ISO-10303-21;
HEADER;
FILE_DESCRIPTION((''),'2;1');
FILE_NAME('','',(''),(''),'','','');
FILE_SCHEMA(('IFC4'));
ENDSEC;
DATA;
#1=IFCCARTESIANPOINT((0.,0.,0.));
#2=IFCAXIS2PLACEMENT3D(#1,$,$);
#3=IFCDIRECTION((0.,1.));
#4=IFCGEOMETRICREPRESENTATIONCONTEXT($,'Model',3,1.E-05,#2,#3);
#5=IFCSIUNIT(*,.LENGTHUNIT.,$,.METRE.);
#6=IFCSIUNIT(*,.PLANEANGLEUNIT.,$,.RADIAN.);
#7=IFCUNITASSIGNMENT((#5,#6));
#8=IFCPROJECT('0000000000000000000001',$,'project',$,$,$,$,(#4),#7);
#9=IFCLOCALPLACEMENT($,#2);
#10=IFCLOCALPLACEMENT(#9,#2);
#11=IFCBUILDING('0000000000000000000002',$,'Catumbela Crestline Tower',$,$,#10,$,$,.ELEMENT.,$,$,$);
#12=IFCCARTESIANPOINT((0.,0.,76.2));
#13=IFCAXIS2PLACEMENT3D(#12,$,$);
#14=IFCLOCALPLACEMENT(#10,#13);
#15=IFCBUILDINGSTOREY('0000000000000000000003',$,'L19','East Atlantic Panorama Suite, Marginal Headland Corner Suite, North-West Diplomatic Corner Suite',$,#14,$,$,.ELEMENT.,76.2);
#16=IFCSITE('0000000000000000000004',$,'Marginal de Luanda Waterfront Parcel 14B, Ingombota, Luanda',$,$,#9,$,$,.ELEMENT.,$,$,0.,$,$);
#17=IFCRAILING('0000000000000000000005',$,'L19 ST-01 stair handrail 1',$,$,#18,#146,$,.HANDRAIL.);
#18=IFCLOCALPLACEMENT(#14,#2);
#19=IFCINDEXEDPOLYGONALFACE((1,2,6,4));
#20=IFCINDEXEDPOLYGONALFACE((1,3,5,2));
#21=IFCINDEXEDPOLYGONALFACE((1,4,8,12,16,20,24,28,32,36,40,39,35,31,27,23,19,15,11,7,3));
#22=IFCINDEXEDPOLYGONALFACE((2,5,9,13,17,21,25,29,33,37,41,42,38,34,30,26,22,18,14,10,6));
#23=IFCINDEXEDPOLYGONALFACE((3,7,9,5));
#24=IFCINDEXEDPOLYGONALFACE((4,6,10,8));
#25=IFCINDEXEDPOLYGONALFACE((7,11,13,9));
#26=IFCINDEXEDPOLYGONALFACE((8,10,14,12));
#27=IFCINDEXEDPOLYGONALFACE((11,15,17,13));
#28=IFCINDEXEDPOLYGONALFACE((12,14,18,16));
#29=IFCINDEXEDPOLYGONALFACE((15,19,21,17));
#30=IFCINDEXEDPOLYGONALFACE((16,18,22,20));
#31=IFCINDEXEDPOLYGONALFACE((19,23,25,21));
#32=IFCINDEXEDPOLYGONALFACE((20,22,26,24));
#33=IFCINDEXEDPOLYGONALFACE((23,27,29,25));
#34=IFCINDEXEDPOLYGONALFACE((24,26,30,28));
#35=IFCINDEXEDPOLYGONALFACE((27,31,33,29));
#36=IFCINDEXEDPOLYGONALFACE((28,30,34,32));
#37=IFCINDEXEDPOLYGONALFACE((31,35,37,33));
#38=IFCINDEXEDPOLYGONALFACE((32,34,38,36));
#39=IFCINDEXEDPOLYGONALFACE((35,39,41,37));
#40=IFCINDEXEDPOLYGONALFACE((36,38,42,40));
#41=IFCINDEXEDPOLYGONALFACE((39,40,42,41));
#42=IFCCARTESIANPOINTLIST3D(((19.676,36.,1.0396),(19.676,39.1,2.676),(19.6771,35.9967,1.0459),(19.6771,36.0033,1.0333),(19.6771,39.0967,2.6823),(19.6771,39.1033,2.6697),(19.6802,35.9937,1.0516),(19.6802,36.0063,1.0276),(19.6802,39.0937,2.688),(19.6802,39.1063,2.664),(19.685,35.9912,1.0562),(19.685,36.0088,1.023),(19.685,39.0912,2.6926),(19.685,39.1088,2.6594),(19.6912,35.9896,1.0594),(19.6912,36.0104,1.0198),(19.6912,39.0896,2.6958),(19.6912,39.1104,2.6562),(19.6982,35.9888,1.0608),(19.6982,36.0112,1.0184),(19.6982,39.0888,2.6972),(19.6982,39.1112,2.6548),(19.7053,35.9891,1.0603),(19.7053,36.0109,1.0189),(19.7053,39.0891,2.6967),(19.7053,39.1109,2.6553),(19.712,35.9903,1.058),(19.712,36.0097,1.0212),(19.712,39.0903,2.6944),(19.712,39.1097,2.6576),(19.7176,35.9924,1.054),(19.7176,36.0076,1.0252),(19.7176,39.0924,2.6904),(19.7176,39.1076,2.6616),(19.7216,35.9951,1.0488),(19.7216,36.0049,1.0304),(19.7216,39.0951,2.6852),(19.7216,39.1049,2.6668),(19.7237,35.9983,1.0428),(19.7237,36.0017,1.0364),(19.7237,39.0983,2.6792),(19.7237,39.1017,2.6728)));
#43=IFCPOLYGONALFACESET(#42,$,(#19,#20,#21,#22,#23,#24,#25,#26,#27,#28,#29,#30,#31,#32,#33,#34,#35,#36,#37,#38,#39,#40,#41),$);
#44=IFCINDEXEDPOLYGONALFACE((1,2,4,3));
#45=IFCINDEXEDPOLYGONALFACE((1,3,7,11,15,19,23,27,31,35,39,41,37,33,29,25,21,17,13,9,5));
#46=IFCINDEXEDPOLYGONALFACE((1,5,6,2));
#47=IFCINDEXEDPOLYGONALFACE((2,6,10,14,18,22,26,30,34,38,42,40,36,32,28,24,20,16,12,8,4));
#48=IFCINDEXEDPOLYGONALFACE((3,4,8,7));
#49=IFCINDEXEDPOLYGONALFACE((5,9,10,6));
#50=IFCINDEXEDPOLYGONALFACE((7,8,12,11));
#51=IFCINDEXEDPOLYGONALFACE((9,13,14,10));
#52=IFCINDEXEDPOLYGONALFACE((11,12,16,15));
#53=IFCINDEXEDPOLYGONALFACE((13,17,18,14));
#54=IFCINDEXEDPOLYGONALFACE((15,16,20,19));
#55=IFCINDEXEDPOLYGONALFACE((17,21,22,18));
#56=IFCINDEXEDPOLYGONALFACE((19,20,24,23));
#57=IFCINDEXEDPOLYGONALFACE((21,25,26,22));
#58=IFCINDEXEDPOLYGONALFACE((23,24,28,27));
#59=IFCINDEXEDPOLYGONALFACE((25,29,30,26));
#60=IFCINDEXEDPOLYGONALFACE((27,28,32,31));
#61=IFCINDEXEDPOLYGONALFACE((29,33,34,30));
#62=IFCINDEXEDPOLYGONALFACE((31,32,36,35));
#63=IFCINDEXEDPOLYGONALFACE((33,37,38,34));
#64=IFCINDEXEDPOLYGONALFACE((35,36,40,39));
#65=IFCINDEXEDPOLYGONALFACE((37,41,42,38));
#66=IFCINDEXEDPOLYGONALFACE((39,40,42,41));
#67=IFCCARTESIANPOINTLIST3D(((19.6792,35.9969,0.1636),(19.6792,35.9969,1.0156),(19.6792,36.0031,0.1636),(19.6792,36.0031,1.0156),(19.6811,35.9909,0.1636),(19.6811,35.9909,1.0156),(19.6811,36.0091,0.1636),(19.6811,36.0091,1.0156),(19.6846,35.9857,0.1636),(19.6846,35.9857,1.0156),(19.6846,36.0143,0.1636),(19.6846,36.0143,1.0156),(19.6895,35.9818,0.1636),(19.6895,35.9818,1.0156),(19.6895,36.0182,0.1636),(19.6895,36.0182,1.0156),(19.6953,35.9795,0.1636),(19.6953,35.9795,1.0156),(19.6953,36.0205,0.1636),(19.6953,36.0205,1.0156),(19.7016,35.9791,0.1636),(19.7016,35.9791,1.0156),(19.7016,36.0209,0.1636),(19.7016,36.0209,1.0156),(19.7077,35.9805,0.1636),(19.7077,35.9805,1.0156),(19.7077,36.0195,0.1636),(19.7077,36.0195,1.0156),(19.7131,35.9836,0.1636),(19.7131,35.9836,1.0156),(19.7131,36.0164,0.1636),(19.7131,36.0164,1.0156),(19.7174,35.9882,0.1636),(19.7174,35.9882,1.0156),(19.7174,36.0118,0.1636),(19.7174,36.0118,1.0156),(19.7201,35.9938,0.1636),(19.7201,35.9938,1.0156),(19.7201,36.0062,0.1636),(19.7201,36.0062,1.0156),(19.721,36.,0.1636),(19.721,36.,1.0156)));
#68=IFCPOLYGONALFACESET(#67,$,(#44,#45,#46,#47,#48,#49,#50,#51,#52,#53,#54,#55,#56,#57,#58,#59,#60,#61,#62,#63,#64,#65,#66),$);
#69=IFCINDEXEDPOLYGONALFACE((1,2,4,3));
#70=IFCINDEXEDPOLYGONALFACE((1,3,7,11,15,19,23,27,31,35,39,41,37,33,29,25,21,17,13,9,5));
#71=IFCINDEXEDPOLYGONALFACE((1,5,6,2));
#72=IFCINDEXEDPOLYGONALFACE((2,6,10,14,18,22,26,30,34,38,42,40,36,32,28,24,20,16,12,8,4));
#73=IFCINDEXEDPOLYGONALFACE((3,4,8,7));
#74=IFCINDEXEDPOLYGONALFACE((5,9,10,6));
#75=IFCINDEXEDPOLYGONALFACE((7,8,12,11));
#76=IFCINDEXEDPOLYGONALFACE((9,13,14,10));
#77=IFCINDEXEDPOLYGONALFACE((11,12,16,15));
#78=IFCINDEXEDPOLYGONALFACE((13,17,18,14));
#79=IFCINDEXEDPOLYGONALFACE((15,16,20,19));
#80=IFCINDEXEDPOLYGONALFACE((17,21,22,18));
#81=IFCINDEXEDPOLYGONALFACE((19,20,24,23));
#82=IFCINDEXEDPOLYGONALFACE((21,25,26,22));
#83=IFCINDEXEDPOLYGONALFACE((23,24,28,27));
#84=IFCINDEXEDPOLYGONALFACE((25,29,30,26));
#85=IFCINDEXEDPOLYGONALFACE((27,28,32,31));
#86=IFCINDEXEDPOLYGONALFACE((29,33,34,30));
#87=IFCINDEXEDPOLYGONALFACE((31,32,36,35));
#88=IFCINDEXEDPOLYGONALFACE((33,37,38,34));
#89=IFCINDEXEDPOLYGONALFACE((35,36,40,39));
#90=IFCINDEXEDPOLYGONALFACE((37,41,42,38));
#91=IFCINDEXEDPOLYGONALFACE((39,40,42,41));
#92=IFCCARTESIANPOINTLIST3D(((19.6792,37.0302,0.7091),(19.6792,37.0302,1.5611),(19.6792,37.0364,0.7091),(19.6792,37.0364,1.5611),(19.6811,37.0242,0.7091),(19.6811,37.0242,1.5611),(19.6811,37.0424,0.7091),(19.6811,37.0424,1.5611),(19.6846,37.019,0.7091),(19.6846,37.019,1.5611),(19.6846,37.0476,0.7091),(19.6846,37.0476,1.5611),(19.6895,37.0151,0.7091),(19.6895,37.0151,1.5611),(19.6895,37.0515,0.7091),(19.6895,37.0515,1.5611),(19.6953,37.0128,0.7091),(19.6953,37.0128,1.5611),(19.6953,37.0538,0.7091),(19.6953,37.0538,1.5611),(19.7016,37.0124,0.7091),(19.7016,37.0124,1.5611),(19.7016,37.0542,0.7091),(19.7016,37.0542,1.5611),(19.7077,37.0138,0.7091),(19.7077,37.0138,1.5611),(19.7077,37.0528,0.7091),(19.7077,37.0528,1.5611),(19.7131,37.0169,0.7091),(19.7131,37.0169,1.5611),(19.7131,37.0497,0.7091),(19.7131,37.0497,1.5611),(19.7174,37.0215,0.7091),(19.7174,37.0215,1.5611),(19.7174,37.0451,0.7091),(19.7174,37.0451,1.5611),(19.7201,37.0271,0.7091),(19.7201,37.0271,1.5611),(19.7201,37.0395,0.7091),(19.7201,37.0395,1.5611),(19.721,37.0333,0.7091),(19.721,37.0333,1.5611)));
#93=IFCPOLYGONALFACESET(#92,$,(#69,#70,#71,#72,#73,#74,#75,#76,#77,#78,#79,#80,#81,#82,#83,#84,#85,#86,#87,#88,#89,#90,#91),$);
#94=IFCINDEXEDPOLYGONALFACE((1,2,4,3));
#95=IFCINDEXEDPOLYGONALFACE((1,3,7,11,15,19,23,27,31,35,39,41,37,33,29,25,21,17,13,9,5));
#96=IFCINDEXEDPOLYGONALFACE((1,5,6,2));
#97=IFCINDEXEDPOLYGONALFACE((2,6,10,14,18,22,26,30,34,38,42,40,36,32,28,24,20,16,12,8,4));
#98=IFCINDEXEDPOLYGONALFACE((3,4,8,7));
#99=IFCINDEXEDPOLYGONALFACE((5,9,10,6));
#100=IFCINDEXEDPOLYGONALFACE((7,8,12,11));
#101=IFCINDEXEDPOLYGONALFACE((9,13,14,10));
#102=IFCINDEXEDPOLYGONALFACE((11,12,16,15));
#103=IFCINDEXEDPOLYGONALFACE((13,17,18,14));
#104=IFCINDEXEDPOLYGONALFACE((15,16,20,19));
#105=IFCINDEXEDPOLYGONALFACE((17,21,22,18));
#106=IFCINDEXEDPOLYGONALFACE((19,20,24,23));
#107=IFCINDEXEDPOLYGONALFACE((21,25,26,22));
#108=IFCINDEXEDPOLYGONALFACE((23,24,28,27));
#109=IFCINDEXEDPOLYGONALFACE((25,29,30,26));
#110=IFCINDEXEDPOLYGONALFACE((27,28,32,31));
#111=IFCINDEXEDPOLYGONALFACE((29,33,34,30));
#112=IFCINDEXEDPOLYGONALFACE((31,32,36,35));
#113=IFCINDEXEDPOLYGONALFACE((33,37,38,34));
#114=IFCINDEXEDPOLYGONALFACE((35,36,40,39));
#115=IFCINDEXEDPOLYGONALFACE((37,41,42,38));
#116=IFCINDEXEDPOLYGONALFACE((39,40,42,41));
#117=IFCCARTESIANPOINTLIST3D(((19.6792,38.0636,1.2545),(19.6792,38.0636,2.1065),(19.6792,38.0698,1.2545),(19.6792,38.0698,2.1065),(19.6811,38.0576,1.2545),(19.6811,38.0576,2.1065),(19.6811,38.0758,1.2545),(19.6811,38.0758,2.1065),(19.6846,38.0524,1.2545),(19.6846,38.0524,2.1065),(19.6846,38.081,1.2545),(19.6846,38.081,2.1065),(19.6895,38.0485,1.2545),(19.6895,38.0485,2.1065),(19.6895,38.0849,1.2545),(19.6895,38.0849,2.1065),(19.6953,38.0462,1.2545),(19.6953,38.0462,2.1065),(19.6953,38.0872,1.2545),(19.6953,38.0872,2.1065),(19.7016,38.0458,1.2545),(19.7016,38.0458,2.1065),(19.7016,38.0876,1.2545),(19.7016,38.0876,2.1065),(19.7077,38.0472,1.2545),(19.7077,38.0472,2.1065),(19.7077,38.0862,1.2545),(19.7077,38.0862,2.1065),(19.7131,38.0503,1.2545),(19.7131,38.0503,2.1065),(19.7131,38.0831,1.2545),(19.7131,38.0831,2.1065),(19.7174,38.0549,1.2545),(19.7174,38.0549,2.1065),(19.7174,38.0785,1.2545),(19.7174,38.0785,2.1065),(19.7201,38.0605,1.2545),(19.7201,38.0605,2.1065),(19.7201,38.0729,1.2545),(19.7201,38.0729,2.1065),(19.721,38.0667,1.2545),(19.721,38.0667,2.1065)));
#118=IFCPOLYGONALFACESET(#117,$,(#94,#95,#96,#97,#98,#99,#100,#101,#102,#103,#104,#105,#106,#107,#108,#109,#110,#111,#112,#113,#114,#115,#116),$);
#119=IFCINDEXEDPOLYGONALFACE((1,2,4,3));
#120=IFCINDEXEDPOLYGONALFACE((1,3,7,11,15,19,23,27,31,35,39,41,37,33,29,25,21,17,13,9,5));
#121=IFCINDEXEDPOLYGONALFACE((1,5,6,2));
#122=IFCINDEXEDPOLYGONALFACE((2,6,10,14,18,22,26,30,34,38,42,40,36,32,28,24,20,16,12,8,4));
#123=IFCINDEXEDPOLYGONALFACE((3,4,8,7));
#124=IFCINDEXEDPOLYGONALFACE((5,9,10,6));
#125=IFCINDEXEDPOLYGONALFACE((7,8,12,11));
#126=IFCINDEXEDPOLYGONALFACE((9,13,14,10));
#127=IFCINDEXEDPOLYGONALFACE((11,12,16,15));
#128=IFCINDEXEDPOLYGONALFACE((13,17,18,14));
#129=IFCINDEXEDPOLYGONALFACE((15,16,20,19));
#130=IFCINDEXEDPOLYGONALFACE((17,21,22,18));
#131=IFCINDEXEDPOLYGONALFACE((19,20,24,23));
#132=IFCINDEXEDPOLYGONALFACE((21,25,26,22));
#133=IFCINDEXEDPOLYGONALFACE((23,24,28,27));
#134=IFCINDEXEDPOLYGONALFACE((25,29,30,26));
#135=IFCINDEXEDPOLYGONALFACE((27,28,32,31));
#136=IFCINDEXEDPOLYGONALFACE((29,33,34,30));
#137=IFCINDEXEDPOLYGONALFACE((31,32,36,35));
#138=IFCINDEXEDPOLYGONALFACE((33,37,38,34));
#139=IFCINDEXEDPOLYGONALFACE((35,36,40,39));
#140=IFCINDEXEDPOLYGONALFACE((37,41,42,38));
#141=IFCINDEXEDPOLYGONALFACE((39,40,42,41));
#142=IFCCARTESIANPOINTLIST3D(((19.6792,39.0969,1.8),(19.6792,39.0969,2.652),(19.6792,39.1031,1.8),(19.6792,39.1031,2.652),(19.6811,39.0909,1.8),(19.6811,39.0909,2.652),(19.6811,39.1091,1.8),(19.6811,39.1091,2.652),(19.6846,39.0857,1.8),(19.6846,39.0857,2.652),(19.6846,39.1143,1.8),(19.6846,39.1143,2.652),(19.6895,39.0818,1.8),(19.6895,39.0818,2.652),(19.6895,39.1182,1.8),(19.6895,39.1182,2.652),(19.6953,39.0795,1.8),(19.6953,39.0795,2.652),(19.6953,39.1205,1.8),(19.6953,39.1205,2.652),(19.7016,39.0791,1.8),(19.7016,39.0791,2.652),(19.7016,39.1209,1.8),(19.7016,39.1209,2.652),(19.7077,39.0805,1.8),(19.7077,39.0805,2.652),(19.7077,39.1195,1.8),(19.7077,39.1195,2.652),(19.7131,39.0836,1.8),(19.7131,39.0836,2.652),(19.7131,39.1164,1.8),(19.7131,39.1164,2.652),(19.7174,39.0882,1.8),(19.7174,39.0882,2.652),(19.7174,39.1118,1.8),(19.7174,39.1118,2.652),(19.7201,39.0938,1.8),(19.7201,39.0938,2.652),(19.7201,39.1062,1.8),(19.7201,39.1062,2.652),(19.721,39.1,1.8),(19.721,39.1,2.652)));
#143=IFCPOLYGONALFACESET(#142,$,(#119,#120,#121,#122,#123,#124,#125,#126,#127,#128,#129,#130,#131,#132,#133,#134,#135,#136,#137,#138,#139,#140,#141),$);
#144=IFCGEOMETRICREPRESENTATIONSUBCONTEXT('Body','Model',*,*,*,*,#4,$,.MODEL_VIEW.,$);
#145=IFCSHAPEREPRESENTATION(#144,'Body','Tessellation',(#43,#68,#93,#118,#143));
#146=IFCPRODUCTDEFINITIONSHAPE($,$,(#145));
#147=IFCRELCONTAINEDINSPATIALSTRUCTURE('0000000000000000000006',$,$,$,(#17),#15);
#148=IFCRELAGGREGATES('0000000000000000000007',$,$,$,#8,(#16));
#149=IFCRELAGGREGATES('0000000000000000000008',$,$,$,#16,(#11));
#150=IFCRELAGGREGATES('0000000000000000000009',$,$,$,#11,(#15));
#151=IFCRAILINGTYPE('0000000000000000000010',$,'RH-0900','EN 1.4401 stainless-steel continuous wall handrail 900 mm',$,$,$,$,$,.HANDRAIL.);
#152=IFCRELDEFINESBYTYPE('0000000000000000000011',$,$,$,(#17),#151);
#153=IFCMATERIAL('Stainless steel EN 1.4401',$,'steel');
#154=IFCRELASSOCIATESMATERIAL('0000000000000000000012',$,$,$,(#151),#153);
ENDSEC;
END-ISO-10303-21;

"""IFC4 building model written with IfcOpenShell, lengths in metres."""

from ifc_helpers import new_model, si_unit, direction, frame, origin, origin_2d, place, context, subcontext, project, spatial, circle, extrude, material, type_object, element, save


model = new_model("IFC4")

# Units and contexts
model_context = context("Model", 3, precision=1e-05, world=origin(), true_north=direction((0.0, 1.0)))
body_context = subcontext(model_context, "Body", "Model", "MODEL_VIEW")
ifc_project = project(units=[si_unit("LENGTHUNIT", "METRE"), si_unit("PLANEANGLEUNIT", "RADIAN")], contexts=[model_context])

# Site, building, storey
site_placement = place(None, origin())
site = spatial("IfcSite", under=ifc_project, at=site_placement, Name="Marginal de Luanda Waterfront Parcel 14B, Ingombota, Luanda", CompositionType="ELEMENT", RefElevation=0.0)
building_placement = place(site_placement, origin())
building = spatial("IfcBuilding", under=site, at=building_placement, Name="Catumbela Crestline Tower", CompositionType="ELEMENT")
storey_placement = place(building_placement, frame((0.0, 0.0, 76.2)))
storey = spatial("IfcBuildingStorey", under=building, at=storey_placement, Name="L19", Description="East Atlantic Panorama Suite, Marginal Headland Corner Suite, North-West Diplomatic Corner Suite", CompositionType="ELEMENT", Elevation=76.2)

# Shared definitions
ifc_material_1 = material(Name="Stainless steel EN 1.4401", Category="steel")

# Railing
railing_type = type_object("IfcRailingType", Name="RH-0900", Description="EN 1.4401 stainless-steel continuous wall handrail 900 mm", PredefinedType="HANDRAIL", material=ifc_material_1)
railing_placement = place(storey_placement, frame((19.7, 36.0, 0.1636)))
element("IfcRailing", 1, at=railing_placement, inside=storey, type_object=railing_type, Name="L19 ST-01 stair handrail 1", PredefinedType="HANDRAIL", context=body_context, shape_type="SweptSolid", body=[
    extrude(circle(Radius=0.024, at=origin_2d()), frame((0.0, 0.0, 0.876), z_axis=(0.0, 0.884351, 0.466823), x_axis=(-1.0, 0.0, 0.0)), (0.0, 0.0, 1.0), 3.5054),
    extrude(circle(Radius=0.021, at=origin_2d()), origin(), (0.0, 0.0, 1.0), 0.852),
    extrude(circle(Radius=0.021, at=origin_2d()), frame((0.0, 1.0333, 0.5455)), (0.0, 0.0, 1.0), 0.852),
    extrude(circle(Radius=0.021, at=origin_2d()), frame((0.0, 2.0667, 1.0909)), (0.0, 0.0, 1.0), 0.852),
    extrude(circle(Radius=0.021, at=origin_2d()), frame((0.0, 3.1, 1.6364)), (0.0, 0.0, 1.0), 0.852),
])

save(model, "model.ifc")
